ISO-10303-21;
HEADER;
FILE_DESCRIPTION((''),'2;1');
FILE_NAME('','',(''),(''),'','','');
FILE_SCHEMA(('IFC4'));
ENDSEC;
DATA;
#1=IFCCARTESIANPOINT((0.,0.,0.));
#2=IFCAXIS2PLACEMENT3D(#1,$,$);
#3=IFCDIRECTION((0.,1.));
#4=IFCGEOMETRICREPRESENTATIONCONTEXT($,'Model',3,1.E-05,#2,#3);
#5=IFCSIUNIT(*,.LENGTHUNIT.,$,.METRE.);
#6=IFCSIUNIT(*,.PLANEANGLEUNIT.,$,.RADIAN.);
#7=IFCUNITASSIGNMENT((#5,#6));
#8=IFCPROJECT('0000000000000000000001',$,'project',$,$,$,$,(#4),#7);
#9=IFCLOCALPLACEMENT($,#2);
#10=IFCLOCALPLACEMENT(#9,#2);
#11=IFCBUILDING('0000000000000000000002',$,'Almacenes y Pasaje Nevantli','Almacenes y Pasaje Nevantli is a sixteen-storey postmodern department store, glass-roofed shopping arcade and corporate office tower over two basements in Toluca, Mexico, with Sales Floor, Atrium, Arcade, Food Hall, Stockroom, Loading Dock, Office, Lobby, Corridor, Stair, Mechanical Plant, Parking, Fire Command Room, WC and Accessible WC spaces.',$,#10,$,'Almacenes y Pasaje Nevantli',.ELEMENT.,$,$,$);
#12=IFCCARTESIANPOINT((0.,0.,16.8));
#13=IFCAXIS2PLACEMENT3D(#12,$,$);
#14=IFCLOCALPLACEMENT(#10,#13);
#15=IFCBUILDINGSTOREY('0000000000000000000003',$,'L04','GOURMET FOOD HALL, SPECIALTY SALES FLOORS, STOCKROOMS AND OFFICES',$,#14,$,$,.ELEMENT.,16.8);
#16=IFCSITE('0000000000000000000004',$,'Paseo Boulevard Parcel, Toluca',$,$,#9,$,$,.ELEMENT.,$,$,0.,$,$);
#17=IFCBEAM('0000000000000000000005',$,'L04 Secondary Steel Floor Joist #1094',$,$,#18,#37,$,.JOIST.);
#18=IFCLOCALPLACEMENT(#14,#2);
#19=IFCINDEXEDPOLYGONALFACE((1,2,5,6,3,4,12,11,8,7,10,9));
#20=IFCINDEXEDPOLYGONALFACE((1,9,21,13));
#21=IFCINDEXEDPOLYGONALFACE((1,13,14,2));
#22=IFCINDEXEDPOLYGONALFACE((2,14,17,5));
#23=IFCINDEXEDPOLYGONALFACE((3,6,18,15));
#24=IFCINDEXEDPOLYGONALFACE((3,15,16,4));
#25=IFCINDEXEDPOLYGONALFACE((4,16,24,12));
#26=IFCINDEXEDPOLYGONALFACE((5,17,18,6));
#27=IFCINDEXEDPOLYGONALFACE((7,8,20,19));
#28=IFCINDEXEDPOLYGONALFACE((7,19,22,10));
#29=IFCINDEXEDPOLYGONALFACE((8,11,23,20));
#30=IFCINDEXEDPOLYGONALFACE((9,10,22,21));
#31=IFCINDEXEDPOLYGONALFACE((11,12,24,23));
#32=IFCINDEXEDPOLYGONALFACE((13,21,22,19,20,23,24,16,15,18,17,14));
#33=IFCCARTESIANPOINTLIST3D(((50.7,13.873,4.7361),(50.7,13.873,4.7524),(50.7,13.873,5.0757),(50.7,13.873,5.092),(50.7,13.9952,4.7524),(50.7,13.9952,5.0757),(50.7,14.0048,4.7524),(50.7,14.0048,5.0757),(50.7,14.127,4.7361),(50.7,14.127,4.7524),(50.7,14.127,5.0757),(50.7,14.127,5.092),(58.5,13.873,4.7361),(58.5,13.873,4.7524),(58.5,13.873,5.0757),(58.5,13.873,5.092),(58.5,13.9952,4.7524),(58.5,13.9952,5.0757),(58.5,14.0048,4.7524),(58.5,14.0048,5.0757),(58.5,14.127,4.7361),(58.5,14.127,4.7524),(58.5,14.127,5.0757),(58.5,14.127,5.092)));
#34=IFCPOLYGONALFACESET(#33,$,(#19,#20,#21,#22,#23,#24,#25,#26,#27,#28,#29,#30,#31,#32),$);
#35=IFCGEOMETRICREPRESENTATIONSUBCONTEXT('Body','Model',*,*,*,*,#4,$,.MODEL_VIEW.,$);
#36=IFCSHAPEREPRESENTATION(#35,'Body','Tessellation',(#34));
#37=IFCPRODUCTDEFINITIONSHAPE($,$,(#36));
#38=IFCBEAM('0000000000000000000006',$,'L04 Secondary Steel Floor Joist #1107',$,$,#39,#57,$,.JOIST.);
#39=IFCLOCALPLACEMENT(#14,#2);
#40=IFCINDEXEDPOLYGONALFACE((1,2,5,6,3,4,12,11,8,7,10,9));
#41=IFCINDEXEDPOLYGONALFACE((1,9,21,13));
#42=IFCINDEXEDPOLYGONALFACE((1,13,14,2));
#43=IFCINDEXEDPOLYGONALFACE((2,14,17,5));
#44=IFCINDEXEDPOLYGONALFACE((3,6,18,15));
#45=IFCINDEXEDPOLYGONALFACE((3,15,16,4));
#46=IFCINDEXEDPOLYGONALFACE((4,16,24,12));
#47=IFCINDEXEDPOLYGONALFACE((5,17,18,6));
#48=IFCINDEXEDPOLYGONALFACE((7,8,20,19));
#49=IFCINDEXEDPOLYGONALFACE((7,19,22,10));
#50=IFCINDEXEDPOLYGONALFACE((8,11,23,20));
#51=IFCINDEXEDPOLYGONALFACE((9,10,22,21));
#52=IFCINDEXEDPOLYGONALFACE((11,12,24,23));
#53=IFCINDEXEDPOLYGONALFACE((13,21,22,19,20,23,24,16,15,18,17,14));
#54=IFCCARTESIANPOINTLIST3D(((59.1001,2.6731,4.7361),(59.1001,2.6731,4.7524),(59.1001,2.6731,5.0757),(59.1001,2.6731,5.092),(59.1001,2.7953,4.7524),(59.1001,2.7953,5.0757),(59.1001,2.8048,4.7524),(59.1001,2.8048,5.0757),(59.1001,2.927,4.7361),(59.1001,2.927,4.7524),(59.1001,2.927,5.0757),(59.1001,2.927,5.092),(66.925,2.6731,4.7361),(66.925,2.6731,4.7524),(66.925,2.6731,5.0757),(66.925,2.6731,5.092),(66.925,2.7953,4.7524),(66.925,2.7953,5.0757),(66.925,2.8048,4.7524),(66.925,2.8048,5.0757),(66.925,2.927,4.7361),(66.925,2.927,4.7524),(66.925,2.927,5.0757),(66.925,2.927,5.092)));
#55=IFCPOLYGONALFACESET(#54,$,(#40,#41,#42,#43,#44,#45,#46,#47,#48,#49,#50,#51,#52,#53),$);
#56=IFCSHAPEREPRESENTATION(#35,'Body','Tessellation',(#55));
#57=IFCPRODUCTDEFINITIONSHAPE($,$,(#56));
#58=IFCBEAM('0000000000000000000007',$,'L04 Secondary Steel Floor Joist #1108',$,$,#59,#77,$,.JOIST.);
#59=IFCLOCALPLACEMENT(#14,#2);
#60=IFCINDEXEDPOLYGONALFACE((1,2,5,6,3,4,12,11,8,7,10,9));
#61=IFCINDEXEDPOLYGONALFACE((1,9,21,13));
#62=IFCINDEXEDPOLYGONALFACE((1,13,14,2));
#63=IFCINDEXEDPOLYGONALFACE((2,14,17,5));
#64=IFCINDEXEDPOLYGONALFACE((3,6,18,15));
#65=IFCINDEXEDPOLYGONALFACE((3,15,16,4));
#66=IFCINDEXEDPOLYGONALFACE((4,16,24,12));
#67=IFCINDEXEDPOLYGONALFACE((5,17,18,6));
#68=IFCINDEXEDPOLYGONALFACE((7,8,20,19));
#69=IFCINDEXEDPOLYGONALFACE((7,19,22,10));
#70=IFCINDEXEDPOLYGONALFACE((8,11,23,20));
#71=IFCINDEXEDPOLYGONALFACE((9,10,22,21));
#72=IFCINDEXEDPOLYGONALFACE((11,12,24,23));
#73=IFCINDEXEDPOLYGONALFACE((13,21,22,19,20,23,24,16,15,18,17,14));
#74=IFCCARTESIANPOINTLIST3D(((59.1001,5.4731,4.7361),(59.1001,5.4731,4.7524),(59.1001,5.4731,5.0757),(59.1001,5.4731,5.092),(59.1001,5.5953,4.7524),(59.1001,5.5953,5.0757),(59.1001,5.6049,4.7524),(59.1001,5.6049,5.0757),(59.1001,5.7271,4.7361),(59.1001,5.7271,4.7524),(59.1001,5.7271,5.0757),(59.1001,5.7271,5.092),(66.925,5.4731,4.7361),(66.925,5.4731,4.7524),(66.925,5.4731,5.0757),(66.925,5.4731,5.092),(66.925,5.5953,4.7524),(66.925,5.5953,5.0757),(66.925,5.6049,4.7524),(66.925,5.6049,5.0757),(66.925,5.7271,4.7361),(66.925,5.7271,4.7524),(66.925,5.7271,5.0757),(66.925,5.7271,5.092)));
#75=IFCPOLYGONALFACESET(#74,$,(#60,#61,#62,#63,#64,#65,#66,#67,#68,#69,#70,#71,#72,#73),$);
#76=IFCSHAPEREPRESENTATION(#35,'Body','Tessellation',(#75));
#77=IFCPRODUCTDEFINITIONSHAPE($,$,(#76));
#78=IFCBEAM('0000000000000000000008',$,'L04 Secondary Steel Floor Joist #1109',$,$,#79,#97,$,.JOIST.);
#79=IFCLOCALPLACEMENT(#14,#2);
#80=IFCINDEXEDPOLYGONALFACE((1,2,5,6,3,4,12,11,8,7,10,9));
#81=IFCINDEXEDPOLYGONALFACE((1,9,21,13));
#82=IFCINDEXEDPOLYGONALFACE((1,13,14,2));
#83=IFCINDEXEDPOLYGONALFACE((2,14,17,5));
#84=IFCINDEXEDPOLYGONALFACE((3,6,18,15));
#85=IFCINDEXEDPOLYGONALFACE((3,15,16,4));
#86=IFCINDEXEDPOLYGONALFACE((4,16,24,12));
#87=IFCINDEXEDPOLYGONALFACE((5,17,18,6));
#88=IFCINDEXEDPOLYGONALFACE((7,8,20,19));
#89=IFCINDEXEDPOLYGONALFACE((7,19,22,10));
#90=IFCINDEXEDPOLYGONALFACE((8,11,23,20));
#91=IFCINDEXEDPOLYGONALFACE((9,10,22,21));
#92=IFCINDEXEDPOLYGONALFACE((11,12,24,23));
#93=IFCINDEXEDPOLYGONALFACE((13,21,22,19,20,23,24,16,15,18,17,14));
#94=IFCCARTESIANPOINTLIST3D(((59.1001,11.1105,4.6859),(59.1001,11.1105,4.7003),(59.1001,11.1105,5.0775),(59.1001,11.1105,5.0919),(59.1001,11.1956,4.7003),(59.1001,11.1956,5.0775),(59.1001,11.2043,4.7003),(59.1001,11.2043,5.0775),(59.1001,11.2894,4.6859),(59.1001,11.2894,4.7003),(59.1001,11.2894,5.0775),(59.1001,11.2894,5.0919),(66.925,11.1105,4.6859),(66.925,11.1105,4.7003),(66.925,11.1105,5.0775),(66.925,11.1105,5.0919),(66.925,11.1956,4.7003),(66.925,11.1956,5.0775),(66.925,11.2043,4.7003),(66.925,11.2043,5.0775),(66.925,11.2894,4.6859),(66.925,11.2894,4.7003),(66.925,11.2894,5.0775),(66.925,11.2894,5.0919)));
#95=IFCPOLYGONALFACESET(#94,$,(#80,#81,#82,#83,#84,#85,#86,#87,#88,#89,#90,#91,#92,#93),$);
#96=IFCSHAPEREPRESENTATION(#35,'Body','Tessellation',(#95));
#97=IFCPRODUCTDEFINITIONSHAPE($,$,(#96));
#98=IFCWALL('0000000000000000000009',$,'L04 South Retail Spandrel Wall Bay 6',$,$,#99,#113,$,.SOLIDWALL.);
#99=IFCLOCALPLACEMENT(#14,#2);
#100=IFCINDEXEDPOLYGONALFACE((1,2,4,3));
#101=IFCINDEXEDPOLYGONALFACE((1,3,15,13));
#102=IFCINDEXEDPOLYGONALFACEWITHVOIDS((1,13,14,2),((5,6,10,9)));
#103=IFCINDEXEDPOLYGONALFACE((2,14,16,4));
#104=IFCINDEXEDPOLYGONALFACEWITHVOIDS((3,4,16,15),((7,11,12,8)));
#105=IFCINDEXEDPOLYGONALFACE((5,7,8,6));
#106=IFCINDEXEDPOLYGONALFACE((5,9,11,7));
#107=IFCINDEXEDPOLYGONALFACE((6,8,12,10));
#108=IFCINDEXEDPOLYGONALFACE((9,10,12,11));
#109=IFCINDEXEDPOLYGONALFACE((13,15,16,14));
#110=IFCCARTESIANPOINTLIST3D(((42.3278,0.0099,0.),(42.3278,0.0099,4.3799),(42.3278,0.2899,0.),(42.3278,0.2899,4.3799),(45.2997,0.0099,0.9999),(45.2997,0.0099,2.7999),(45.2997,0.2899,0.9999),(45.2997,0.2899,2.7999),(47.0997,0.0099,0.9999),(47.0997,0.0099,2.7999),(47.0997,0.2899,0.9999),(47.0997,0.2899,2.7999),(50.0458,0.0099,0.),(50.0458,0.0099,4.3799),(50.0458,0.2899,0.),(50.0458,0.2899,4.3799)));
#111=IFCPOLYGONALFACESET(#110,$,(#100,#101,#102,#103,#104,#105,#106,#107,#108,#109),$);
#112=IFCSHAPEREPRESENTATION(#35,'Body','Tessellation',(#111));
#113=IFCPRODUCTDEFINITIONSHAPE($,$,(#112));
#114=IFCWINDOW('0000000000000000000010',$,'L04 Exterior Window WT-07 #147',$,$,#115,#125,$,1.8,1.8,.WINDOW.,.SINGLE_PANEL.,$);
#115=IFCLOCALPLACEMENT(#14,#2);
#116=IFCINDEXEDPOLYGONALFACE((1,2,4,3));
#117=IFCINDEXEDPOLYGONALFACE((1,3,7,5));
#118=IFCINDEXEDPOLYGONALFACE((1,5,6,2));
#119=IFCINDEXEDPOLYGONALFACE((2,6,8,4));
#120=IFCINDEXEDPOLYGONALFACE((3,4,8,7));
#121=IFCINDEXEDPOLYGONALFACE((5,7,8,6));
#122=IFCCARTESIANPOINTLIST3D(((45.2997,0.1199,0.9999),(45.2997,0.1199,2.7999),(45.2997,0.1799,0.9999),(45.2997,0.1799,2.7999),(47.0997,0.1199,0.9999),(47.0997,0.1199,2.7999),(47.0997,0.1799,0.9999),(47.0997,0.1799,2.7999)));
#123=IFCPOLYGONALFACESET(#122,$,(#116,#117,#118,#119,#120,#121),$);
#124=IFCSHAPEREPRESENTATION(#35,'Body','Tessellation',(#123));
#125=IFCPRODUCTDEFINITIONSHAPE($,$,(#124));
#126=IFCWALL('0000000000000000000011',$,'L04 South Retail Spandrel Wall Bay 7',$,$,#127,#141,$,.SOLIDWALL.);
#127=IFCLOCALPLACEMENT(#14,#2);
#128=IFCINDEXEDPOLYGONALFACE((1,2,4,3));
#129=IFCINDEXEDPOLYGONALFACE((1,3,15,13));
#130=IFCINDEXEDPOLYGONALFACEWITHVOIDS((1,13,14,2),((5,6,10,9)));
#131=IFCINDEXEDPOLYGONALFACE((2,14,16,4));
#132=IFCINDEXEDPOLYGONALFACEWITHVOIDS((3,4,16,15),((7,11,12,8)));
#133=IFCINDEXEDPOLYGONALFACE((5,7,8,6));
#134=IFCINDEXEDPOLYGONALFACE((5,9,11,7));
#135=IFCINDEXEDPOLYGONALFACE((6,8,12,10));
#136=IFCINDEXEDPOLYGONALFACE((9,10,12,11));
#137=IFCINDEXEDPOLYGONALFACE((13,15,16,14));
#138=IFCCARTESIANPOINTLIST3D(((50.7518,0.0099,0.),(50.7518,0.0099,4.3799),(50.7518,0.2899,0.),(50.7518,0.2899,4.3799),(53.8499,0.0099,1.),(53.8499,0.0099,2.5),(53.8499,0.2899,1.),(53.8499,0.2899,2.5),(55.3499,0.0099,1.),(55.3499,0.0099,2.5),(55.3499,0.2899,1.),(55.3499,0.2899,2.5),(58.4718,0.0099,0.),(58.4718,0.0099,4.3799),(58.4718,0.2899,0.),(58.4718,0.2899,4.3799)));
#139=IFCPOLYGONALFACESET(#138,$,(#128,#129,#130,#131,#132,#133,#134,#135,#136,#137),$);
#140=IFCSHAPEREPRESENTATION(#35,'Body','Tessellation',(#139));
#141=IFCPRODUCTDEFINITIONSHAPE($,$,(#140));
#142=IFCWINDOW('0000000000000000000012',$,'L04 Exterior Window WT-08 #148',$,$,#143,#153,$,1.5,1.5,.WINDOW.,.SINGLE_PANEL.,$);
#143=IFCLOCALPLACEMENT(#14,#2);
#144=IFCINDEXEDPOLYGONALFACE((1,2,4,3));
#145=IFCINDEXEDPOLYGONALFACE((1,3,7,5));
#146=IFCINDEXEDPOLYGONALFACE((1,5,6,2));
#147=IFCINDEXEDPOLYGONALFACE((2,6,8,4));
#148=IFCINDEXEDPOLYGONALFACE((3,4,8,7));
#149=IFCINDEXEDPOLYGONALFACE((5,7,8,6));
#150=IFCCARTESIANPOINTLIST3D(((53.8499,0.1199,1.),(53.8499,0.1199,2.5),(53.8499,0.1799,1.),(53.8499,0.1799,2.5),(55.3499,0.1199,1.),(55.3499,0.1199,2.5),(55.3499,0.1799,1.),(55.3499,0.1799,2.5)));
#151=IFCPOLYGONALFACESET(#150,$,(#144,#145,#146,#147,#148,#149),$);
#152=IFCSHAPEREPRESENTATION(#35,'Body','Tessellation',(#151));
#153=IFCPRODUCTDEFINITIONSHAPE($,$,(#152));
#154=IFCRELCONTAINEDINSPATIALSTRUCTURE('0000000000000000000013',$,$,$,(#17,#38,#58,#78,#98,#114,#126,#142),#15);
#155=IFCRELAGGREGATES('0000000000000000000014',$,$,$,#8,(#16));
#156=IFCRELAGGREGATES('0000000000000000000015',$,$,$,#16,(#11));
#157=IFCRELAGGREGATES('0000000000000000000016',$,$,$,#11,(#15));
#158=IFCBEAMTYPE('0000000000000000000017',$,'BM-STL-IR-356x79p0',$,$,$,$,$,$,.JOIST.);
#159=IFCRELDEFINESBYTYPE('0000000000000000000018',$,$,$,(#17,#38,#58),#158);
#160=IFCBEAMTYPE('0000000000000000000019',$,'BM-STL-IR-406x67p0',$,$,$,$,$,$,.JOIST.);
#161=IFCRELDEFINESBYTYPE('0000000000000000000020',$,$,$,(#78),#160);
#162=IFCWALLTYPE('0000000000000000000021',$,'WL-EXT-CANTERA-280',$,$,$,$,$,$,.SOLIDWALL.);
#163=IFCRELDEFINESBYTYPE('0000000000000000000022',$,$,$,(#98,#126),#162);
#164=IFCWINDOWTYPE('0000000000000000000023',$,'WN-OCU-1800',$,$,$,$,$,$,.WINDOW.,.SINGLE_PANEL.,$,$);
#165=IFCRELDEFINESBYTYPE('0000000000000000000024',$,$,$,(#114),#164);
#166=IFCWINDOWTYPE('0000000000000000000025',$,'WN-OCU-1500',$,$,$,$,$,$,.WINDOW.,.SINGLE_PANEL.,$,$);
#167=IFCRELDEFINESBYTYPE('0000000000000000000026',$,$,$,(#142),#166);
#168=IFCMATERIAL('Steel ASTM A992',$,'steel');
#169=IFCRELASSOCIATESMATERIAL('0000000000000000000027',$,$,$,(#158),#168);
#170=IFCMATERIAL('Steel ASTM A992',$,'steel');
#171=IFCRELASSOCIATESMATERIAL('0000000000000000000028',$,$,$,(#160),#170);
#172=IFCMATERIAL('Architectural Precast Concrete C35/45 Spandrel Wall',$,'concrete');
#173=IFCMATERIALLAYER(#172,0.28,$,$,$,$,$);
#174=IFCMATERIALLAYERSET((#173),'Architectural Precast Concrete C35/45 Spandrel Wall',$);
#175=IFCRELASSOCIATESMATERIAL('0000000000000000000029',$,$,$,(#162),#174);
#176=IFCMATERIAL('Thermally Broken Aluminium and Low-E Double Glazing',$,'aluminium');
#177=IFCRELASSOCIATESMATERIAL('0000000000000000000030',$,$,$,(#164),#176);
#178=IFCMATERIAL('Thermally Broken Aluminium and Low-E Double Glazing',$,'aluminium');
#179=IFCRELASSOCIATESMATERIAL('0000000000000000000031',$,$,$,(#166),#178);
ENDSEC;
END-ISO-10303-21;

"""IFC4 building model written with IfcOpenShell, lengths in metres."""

from ifc_helpers import new_model, si_unit, direction, frame, frame_2d, origin, origin_2d, place, context, subcontext, project, spatial, rectangle, i_section, extrude, material, layer, layer_set, material_profile, profile_set, type_object, element, fill, save


model = new_model("IFC4")

# Units and contexts
model_context = context("Model", 3, precision=1e-05, world=origin(), true_north=direction((0.0, 1.0)))
body_context = subcontext(model_context, "Body", "Model", "MODEL_VIEW")
ifc_project = project(units=[si_unit("LENGTHUNIT", "METRE"), si_unit("PLANEANGLEUNIT", "RADIAN")], contexts=[model_context])

# Site, building, storey
site_placement = place(None, origin())
site = spatial("IfcSite", under=ifc_project, at=site_placement, Name="Paseo Boulevard Parcel, Toluca", CompositionType="ELEMENT", RefElevation=0.0)
building_placement = place(site_placement, origin())
building = spatial("IfcBuilding", under=site, at=building_placement, Name="Almacenes y Pasaje Nevantli", Description="Almacenes y Pasaje Nevantli is a sixteen-storey postmodern department store, glass-roofed shopping arcade and corporate office tower over two basements in Toluca, Mexico, with Sales Floor, Atrium, Arcade, Food Hall, Stockroom, Loading Dock, Office, Lobby, Corridor, Stair, Mechanical Plant, Parking, Fire Command Room, WC and Accessible WC spaces.", LongName="Almacenes y Pasaje Nevantli", CompositionType="ELEMENT")
storey_placement = place(building_placement, frame((0.0, 0.0, 16.8)))
storey = spatial("IfcBuildingStorey", under=building, at=storey_placement, Name="L04", Description="GOURMET FOOD HALL, SPECIALTY SALES FLOORS, STOCKROOMS AND OFFICES", CompositionType="ELEMENT", Elevation=16.8)

# Beams
ifc_material_1 = material(Name="Steel ASTM A992", Category="steel")
ifc_material_profile_1 = material_profile(ifc_material_1, i_section(OverallWidth=0.2539, OverallDepth=0.356, WebThickness=0.0095, FlangeThickness=0.0164, at=origin_2d()), Name="IR 356x79.0")
ifc_profile_set_1 = profile_set([ifc_material_profile_1], Name="Steel ASTM A992")
beam_type_1 = type_object("IfcBeamType", Name="BM-STL-IR-356x79p0", PredefinedType="JOIST", material=ifc_profile_set_1)
for number, where, z_axis, x_axis, name in (
    (1, (50.7, 14.0, 4.9141), (1.0, 0.0, 0.0), (0.0, 1.0, 0.0), "L04 Secondary Steel Floor Joist #1094"),
):
    element("IfcBeam", number, at=place(storey_placement, frame(where, z_axis=z_axis, x_axis=x_axis)), inside=storey, type_object=beam_type_1, Name=name, PredefinedType="JOIST", context=body_context, shape_type="SweptSolid", body=[
        extrude(i_section(OverallWidth=0.2539, OverallDepth=0.356, WebThickness=0.0095, FlangeThickness=0.0164, at=origin_2d()), origin(), (0.0, 0.0, 1.0), 7.8),
    ])
for number, where, z_axis, x_axis, name in (
    (2, (59.1001, 2.8, 4.9141), (1.0, 0.0, 0.0), (0.0, 1.0, 0.0), "L04 Secondary Steel Floor Joist #1107"),
    (3, (59.1001, 5.6001, 4.9141), (1.0, 0.0, 0.0), (0.0, 1.0, 0.0), "L04 Secondary Steel Floor Joist #1108"),
):
    element("IfcBeam", number, at=place(storey_placement, frame(where, z_axis=z_axis, x_axis=x_axis)), inside=storey, type_object=beam_type_1, Name=name, PredefinedType="JOIST", context=body_context, shape_type="SweptSolid", body=[
        extrude(i_section(OverallWidth=0.2539, OverallDepth=0.356, WebThickness=0.0095, FlangeThickness=0.0164, at=origin_2d()), origin(), (0.0, 0.0, 1.0), 7.825),
    ])
ifc_material_2 = material(Name="Steel ASTM A992", Category="steel")
ifc_material_profile_2 = material_profile(ifc_material_2, i_section(OverallWidth=0.179, OverallDepth=0.406, WebThickness=0.0088, FlangeThickness=0.0144, at=origin_2d()), Name="IR 406x67.0")
ifc_profile_set_2 = profile_set([ifc_material_profile_2], Name="Steel ASTM A992")
beam_type_2 = type_object("IfcBeamType", Name="BM-STL-IR-406x67p0", PredefinedType="JOIST", material=ifc_profile_set_2)
beam_1_placement = place(storey_placement, frame((59.1001, 11.2, 4.8889), z_axis=(1.0, 0.0, 0.0), x_axis=(0.0, 1.0, 0.0)))
element("IfcBeam", 4, at=beam_1_placement, inside=storey, type_object=beam_type_2, Name="L04 Secondary Steel Floor Joist #1109", PredefinedType="JOIST", context=body_context, shape_type="SweptSolid", body=[
    extrude(i_section(OverallWidth=0.179, OverallDepth=0.406, WebThickness=0.0088, FlangeThickness=0.0144, at=origin_2d()), origin(), (0.0, 0.0, 1.0), 7.825),
])

# Walls, openings, windows
ifc_material_3 = material(Name="Architectural Precast Concrete C35/45 Spandrel Wall", Category="concrete")
ifc_layer = layer(ifc_material_3, 0.28)
ifc_layer_set = layer_set([ifc_layer], Name="Architectural Precast Concrete C35/45 Spandrel Wall")
wall_type = type_object("IfcWallType", Name="WL-EXT-CANTERA-280", PredefinedType="SOLIDWALL", material=ifc_layer_set)
wall_1_placement = place(storey_placement, frame((42.3279, 0.1499, 0.0), z_axis=(0.0, 0.0, 1.0), x_axis=(1.0, 0.0, 0.0)))
wall_1 = element("IfcWall", 5, at=wall_1_placement, inside=storey, type_object=wall_type, Name="L04 South Retail Spandrel Wall Bay 6", PredefinedType="SOLIDWALL", context=body_context, shape_type="SweptSolid", body=[
    extrude(rectangle(XDim=7.718, YDim=0.28, at=frame_2d((3.8589, 0.0))), origin(), (0.0, 0.0, 1.0), 4.3799),
])
opening_1_placement = place(wall_1_placement, frame((2.9719, 0.0, 1.0)))
opening_1 = element("IfcOpeningElement", 6, at=opening_1_placement, cuts=wall_1, PredefinedType="OPENING", context=body_context, shape_type="SweptSolid", body=[
    extrude(rectangle(XDim=1.8, YDim=1.8, at=frame_2d((0.8999, 0.8999))), frame((0.0, 0.1499, 0.0), z_axis=(0.0, -1.0, 0.0), x_axis=(1.0, 0.0, 0.0)), (0.0, 0.0, 1.0), 0.3),
])
ifc_material_4 = material(Name="Thermally Broken Aluminium and Low-E Double Glazing", Category="aluminium")
window_type_1 = type_object("IfcWindowType", Name="WN-OCU-1800", PartitioningType="SINGLE_PANEL", PredefinedType="WINDOW", material=ifc_material_4)
window_1_placement = place(opening_1_placement, origin())
window_1 = element("IfcWindow", 7, at=window_1_placement, inside=storey, type_object=window_type_1, Name="L04 Exterior Window WT-07 #147", OverallHeight=1.8, OverallWidth=1.8, PartitioningType="SINGLE_PANEL", PredefinedType="WINDOW", context=body_context, shape_type="SweptSolid", body=[
    extrude(rectangle(XDim=1.8, YDim=1.8, at=frame_2d((0.8999, 0.8999))), frame((0.0, 0.03, 0.0), z_axis=(0.0, -1.0, 0.0), x_axis=(1.0, 0.0, 0.0)), (0.0, 0.0, 1.0), 0.0601),
])
fill(opening_1, window_1)
wall_2_placement = place(storey_placement, frame((50.752, 0.1499, 0.0), z_axis=(0.0, 0.0, 1.0), x_axis=(1.0, 0.0, 0.0)))
wall_2 = element("IfcWall", 8, at=wall_2_placement, inside=storey, type_object=wall_type, Name="L04 South Retail Spandrel Wall Bay 7", PredefinedType="SOLIDWALL", context=body_context, shape_type="SweptSolid", body=[
    extrude(rectangle(XDim=7.72, YDim=0.28, at=frame_2d((3.8599, 0.0))), origin(), (0.0, 0.0, 1.0), 4.3799),
])
opening_2_placement = place(wall_2_placement, frame((3.0979, 0.0, 1.0)))
opening_2 = element("IfcOpeningElement", 9, at=opening_2_placement, cuts=wall_2, PredefinedType="OPENING", context=body_context, shape_type="SweptSolid", body=[
    extrude(rectangle(XDim=1.5, YDim=1.5, at=frame_2d((0.75, 0.75))), frame((0.0, 0.1499, 0.0), z_axis=(0.0, -1.0, 0.0), x_axis=(1.0, 0.0, 0.0)), (0.0, 0.0, 1.0), 0.3),
])
ifc_material_5 = material(Name="Thermally Broken Aluminium and Low-E Double Glazing", Category="aluminium")
window_type_2 = type_object("IfcWindowType", Name="WN-OCU-1500", PartitioningType="SINGLE_PANEL", PredefinedType="WINDOW", material=ifc_material_5)
window_2_placement = place(opening_2_placement, origin())
window_2 = element("IfcWindow", 10, at=window_2_placement, inside=storey, type_object=window_type_2, Name="L04 Exterior Window WT-08 #148", OverallHeight=1.5, OverallWidth=1.5, PartitioningType="SINGLE_PANEL", PredefinedType="WINDOW", context=body_context, shape_type="SweptSolid", body=[
    extrude(rectangle(XDim=1.5, YDim=1.5, at=frame_2d((0.75, 0.75))), frame((0.0, 0.03, 0.0), z_axis=(0.0, -1.0, 0.0), x_axis=(1.0, 0.0, 0.0)), (0.0, 0.0, 1.0), 0.0601),
])
fill(opening_2, window_2)

save(model, "model.ifc")
